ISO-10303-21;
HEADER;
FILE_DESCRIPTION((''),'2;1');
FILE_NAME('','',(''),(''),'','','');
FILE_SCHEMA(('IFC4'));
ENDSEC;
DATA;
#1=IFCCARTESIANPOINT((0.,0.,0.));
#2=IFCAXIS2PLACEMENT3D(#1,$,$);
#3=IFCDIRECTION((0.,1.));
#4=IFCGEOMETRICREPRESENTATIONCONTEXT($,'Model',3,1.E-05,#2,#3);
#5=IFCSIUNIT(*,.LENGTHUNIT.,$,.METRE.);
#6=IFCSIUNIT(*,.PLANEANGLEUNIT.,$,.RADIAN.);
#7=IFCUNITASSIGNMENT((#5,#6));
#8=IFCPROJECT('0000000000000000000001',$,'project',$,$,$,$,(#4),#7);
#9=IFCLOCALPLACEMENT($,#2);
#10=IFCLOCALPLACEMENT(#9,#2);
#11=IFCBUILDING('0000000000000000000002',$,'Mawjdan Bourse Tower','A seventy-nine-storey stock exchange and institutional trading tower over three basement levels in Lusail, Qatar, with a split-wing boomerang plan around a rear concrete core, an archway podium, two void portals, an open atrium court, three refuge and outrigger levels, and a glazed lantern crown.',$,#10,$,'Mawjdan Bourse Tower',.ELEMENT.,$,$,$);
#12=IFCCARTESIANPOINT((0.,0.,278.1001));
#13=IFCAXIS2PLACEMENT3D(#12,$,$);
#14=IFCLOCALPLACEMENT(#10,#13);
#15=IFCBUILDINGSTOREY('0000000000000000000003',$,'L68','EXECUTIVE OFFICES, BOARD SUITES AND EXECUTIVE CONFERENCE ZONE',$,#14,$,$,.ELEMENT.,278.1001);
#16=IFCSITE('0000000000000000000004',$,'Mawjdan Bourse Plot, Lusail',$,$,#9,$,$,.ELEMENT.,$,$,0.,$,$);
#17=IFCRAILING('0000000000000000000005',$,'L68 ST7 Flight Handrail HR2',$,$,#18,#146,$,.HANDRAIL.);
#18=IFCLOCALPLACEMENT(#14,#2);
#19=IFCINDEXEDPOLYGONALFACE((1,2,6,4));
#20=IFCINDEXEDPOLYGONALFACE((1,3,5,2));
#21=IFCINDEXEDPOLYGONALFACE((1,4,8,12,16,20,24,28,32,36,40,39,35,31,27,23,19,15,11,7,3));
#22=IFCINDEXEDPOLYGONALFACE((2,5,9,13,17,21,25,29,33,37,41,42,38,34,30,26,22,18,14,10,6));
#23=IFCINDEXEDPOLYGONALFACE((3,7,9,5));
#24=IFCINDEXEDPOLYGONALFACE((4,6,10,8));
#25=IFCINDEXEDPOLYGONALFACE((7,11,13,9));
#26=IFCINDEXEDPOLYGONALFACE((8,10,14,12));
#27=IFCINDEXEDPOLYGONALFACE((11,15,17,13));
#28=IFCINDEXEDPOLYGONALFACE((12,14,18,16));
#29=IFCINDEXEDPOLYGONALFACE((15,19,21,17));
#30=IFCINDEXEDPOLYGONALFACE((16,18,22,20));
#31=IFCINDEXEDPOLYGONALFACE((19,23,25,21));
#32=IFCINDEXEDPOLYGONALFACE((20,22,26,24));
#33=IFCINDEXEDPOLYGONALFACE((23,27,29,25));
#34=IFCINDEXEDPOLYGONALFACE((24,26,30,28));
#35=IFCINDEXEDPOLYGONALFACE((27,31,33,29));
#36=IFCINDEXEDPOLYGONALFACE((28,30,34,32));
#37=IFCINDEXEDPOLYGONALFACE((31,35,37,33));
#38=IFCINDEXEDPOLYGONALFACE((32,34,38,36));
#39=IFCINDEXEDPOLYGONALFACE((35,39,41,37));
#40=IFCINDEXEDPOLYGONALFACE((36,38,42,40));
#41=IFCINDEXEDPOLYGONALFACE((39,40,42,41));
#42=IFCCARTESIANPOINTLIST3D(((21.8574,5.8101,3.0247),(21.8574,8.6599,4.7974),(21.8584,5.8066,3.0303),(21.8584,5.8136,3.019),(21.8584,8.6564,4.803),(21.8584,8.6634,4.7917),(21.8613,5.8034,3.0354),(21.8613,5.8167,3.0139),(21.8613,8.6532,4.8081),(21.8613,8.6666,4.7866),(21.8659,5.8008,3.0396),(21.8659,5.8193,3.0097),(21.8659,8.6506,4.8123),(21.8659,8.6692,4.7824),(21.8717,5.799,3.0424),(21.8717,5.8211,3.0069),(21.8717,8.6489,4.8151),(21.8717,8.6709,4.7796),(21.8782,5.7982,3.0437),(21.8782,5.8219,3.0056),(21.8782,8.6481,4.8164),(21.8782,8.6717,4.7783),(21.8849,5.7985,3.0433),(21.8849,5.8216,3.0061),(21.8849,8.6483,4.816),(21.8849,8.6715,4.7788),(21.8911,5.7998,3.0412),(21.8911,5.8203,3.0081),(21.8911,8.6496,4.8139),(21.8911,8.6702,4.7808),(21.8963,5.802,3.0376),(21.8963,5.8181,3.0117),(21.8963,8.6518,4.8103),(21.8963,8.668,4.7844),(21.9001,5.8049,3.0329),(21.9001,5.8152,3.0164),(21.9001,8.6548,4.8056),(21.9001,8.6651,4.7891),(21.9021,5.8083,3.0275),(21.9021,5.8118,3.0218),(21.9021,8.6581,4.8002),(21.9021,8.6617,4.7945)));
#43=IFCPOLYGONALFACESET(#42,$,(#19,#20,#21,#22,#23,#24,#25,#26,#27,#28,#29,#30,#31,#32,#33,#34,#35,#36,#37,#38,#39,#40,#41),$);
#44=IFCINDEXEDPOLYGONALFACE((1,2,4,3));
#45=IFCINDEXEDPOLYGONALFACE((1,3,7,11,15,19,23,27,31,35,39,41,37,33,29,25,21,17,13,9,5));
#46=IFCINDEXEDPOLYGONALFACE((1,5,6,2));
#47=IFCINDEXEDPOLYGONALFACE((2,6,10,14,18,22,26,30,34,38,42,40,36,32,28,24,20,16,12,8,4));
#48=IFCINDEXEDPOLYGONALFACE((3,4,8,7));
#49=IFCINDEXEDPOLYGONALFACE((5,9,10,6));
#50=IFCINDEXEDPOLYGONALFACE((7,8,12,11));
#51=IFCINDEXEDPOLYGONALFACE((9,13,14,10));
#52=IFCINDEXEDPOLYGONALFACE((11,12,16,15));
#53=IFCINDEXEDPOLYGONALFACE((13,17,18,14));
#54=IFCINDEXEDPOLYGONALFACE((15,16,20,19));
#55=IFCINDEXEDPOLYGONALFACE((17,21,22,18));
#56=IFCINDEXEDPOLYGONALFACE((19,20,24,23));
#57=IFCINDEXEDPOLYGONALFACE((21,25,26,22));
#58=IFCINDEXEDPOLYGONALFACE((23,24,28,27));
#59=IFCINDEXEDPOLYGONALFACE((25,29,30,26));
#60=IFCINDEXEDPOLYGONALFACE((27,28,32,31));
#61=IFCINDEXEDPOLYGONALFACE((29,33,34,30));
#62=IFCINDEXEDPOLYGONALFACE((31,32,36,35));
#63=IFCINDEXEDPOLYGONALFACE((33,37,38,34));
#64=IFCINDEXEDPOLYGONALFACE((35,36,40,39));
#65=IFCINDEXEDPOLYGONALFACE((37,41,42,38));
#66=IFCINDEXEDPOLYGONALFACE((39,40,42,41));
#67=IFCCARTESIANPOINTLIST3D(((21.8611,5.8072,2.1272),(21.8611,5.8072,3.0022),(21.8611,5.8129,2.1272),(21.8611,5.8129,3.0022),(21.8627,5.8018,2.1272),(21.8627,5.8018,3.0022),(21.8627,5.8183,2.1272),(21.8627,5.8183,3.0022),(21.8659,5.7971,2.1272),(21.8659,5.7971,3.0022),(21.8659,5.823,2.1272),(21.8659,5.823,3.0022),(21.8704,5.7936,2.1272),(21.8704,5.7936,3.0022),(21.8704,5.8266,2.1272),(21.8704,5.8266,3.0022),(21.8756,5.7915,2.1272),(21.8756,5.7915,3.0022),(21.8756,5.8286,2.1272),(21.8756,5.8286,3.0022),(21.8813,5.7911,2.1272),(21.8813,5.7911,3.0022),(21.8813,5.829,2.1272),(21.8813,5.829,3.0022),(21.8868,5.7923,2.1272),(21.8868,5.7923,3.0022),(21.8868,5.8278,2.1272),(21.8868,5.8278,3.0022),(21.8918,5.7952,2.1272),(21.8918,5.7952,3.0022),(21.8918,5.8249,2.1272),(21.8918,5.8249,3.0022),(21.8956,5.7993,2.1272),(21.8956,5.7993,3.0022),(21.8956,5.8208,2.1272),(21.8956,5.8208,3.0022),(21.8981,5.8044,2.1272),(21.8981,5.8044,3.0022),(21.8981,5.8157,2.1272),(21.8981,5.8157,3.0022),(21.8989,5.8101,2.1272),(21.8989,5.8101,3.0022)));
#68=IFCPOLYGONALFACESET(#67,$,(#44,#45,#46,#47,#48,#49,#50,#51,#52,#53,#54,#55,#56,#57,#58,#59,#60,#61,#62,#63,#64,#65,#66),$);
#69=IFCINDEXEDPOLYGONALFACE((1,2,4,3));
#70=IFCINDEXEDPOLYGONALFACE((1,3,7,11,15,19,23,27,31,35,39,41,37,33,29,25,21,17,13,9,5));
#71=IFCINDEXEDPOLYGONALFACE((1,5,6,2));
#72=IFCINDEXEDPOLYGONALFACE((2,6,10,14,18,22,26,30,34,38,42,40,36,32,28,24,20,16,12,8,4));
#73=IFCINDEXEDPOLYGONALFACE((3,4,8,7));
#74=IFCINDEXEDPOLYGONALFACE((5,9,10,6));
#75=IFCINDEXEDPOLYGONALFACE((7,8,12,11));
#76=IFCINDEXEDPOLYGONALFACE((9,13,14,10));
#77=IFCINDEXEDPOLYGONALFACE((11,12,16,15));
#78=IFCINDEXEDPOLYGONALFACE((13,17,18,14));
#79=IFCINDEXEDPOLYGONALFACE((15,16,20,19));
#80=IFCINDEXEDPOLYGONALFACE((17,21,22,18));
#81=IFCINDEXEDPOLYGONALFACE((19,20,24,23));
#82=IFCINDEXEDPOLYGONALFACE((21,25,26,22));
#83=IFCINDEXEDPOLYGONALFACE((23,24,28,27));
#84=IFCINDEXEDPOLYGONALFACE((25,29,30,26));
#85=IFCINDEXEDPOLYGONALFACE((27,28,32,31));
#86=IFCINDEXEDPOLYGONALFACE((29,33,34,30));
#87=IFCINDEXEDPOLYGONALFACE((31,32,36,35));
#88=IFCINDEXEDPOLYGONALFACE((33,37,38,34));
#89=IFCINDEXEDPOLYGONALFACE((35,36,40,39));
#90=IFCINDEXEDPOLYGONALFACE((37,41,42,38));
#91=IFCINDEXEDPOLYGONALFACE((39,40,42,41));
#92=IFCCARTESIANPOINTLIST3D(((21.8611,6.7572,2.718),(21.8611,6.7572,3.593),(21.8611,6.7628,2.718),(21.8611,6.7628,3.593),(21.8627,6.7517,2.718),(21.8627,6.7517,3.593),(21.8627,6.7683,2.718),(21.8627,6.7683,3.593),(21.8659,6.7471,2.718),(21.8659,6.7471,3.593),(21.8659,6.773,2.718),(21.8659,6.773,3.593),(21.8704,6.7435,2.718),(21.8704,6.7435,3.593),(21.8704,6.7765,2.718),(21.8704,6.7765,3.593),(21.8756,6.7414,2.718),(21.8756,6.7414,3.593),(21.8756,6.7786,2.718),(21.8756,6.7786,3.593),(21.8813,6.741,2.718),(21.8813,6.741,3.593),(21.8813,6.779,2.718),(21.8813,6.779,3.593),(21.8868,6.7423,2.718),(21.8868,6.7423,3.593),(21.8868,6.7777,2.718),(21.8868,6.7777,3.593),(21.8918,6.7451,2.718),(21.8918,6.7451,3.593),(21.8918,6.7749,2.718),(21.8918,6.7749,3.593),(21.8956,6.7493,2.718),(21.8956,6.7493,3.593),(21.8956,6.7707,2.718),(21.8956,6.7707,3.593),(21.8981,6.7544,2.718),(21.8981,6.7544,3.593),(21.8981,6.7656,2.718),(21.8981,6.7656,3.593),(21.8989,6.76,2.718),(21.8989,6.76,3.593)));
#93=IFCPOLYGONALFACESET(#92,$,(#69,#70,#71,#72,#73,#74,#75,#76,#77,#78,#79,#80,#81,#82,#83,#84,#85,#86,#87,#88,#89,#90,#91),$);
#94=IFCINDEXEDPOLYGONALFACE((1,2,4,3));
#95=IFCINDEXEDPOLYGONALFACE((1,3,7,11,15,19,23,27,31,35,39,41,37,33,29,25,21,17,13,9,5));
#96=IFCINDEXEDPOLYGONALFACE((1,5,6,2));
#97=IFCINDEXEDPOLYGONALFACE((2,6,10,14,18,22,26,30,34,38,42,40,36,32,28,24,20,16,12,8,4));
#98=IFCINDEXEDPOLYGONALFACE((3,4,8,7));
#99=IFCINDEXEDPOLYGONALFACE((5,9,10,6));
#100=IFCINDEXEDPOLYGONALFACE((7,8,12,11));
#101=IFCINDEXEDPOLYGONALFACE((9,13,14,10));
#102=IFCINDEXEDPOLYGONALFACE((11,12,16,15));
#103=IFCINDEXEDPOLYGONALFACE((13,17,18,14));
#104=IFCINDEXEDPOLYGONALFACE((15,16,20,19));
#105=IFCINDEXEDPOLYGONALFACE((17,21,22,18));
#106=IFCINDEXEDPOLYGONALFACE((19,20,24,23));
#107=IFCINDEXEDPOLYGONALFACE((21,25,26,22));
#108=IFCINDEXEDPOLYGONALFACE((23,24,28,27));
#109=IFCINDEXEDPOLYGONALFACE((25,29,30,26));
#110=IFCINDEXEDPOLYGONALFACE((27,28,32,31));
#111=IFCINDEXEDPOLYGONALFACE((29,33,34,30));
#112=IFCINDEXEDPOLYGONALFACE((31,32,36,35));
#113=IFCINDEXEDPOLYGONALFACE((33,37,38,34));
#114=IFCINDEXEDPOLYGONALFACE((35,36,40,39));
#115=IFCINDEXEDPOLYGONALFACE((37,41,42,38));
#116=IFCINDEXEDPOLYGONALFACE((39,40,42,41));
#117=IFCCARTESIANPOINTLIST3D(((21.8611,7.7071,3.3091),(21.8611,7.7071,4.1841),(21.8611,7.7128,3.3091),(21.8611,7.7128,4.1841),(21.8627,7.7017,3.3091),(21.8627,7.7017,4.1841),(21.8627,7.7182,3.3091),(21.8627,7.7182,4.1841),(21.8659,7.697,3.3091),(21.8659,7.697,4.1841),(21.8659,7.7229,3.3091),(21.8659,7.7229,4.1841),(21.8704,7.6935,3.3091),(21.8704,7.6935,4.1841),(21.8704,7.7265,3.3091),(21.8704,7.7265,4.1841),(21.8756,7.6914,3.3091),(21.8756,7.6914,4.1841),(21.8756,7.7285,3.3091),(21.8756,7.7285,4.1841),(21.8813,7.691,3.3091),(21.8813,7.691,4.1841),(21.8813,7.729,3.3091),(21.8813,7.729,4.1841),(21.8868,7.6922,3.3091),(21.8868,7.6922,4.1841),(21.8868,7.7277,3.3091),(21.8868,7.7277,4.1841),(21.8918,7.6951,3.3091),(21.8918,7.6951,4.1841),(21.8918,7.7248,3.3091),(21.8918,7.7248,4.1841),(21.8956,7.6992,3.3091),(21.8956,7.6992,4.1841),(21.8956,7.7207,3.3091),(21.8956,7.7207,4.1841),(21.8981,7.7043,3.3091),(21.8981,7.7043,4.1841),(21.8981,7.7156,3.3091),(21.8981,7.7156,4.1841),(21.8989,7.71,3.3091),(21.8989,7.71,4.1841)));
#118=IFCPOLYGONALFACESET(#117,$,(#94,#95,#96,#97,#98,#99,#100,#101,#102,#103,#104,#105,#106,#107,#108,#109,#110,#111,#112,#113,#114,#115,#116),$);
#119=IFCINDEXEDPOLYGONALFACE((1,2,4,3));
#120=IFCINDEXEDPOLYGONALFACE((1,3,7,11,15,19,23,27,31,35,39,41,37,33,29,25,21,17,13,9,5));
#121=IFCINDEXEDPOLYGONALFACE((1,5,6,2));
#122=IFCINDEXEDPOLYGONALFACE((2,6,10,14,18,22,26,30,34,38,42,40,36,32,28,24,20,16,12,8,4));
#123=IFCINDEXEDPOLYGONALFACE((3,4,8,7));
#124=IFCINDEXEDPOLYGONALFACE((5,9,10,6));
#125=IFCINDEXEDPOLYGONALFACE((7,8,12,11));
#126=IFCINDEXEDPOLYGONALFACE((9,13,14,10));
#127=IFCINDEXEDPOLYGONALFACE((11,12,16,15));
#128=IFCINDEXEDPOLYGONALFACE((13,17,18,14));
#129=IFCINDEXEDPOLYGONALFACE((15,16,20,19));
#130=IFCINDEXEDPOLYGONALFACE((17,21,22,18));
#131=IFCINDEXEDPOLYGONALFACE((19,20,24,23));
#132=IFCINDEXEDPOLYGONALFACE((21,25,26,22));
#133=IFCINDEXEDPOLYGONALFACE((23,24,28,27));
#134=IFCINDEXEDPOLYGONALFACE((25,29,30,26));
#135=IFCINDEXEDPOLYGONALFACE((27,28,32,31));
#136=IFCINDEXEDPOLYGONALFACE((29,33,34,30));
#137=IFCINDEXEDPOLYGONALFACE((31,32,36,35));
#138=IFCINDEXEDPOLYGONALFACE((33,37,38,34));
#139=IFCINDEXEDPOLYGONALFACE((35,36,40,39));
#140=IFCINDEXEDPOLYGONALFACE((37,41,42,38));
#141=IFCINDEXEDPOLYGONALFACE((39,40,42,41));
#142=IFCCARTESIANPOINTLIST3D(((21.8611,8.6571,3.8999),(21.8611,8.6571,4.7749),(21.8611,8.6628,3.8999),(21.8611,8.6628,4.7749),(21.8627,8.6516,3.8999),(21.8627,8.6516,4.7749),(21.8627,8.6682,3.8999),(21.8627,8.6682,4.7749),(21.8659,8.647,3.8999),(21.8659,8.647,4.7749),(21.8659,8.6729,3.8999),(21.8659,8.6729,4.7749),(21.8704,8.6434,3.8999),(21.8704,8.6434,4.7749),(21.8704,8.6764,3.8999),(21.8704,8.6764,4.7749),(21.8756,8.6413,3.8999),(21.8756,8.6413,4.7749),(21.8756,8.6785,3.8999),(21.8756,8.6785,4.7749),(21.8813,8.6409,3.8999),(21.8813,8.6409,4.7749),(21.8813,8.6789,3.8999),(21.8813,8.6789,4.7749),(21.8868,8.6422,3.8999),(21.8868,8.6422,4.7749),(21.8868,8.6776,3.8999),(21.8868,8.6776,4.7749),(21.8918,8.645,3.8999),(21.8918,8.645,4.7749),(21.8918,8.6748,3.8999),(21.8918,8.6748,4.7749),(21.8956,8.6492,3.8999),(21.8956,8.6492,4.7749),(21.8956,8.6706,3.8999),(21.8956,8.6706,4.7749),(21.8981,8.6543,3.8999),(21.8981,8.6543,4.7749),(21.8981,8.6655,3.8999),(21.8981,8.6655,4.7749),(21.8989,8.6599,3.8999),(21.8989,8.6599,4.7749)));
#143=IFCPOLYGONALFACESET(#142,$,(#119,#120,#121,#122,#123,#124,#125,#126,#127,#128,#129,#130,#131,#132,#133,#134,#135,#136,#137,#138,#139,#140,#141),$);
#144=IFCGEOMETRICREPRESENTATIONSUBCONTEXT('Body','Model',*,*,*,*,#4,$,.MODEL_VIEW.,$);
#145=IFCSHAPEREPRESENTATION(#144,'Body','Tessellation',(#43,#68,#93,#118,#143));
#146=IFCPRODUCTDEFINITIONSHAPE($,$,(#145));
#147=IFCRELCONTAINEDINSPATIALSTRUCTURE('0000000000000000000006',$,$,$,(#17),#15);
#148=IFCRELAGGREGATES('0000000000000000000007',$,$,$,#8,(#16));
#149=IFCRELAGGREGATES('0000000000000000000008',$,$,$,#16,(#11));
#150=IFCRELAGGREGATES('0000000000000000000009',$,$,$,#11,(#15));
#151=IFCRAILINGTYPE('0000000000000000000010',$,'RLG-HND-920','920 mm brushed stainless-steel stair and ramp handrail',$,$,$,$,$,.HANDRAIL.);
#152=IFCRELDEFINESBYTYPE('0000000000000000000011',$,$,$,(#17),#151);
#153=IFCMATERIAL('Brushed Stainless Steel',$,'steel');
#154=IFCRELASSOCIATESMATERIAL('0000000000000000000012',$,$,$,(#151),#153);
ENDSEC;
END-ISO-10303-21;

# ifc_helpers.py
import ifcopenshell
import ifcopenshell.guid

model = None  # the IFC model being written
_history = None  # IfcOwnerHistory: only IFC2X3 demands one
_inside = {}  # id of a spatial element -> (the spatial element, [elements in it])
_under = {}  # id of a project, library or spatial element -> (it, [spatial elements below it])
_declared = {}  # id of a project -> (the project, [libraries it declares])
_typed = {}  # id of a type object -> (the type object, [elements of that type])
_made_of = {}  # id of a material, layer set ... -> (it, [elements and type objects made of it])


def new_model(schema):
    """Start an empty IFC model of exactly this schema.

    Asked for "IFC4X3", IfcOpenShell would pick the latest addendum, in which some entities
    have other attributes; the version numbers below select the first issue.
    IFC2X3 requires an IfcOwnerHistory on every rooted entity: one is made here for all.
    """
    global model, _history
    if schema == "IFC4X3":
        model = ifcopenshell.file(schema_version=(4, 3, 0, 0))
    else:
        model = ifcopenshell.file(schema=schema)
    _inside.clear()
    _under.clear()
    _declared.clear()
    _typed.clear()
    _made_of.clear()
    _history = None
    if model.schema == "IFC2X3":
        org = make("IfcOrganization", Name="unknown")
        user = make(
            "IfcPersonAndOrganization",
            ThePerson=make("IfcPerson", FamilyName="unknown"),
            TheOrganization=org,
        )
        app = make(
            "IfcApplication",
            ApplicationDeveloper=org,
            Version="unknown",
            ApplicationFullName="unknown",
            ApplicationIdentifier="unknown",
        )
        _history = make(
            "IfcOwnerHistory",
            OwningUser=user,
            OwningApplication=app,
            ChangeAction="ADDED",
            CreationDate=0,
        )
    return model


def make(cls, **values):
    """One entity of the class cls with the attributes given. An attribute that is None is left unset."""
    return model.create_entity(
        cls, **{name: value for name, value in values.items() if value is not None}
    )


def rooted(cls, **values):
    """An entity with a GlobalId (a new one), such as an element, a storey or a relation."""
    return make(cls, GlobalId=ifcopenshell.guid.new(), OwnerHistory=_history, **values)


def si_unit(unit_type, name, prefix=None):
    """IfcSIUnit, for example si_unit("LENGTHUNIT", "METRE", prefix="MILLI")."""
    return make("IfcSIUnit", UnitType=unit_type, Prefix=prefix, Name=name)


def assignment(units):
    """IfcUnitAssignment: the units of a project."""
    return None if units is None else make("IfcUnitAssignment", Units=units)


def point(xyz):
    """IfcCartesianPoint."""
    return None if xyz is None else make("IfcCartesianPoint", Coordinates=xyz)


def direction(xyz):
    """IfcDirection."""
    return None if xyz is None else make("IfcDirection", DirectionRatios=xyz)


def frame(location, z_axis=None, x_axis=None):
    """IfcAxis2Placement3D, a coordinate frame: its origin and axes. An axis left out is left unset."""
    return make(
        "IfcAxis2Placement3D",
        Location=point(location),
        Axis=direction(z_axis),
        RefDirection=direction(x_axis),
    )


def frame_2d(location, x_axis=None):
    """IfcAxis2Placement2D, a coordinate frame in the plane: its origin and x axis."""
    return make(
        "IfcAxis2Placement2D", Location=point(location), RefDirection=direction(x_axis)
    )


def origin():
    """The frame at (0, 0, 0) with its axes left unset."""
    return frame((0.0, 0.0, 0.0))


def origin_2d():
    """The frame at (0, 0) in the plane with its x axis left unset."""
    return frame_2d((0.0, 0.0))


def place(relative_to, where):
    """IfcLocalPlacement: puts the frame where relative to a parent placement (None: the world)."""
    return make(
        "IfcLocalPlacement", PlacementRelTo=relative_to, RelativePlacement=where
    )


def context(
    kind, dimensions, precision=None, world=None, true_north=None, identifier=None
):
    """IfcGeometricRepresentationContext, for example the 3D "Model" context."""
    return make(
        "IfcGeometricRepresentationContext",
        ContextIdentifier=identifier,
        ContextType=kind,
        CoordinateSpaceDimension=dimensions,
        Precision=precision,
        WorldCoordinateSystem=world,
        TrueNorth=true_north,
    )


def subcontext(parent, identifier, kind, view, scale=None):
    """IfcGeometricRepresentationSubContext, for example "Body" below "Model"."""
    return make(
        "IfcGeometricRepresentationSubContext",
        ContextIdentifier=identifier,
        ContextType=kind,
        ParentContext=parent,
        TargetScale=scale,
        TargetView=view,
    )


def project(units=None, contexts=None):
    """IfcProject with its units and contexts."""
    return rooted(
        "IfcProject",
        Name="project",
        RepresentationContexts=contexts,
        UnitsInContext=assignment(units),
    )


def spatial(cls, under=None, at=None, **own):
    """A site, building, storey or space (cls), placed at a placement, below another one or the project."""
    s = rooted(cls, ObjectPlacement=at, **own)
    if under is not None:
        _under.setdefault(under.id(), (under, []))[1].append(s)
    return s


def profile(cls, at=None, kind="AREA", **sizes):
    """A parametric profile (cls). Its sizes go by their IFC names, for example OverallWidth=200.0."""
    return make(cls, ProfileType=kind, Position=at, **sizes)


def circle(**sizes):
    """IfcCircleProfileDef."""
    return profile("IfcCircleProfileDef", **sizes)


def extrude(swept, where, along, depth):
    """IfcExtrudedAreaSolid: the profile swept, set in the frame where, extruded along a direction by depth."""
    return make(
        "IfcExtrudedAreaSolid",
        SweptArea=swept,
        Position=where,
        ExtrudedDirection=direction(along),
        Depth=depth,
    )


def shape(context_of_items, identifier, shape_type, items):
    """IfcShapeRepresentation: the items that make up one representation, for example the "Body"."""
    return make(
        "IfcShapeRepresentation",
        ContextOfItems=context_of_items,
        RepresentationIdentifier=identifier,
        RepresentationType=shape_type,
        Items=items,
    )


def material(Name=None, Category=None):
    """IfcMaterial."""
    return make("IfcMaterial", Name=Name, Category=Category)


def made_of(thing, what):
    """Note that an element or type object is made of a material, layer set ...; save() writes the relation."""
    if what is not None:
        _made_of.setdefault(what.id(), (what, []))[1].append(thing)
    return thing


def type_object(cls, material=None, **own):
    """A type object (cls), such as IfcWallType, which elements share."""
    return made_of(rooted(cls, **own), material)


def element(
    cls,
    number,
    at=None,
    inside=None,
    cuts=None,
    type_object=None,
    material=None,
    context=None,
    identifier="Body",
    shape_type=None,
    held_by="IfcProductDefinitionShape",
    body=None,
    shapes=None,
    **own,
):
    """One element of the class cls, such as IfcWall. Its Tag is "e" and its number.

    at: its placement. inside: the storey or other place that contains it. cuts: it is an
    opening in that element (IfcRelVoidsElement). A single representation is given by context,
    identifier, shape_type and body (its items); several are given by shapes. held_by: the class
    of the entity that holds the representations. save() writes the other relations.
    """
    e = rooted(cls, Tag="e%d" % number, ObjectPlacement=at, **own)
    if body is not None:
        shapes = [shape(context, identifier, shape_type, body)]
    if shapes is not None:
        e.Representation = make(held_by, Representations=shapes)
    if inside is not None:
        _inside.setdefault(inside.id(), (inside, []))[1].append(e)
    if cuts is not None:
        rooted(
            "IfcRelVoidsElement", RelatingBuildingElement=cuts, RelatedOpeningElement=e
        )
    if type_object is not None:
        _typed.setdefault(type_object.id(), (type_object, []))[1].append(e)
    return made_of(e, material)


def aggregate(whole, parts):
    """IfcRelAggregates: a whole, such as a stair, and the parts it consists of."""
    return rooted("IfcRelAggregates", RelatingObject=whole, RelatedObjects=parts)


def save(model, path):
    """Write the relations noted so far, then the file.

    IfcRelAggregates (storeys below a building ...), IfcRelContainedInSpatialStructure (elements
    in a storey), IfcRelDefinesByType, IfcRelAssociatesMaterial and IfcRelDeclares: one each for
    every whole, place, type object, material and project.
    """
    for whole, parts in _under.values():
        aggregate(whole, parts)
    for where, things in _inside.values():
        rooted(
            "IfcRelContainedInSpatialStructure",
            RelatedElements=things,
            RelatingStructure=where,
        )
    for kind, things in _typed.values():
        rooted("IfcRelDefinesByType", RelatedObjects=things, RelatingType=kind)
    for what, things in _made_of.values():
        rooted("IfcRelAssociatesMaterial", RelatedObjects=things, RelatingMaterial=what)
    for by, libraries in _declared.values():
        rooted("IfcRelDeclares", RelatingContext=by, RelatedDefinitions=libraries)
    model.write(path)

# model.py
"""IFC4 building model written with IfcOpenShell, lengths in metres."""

from ifc_helpers import new_model, si_unit, direction, frame, origin, origin_2d, place, context, subcontext, project, spatial, circle, extrude, material, type_object, element, save


model = new_model("IFC4")

# Units and contexts
model_context = context("Model", 3, precision=1e-05, world=origin(), true_north=direction((0.0, 1.0)))
body_context = subcontext(model_context, "Body", "Model", "MODEL_VIEW")
ifc_project = project(units=[si_unit("LENGTHUNIT", "METRE"), si_unit("PLANEANGLEUNIT", "RADIAN")], contexts=[model_context])

# Site, building, storey
site_placement = place(None, origin())
site = spatial("IfcSite", under=ifc_project, at=site_placement, Name="Mawjdan Bourse Plot, Lusail", CompositionType="ELEMENT", RefElevation=0.0)
building_placement = place(site_placement, origin())
building = spatial("IfcBuilding", under=site, at=building_placement, Name="Mawjdan Bourse Tower", Description="A seventy-nine-storey stock exchange and institutional trading tower over three basement levels in Lusail, Qatar, with a split-wing boomerang plan around a rear concrete core, an archway podium, two void portals, an open atrium court, three refuge and outrigger levels, and a glazed lantern crown.", LongName="Mawjdan Bourse Tower", CompositionType="ELEMENT")
storey_placement = place(building_placement, frame((0.0, 0.0, 278.1001)))
storey = spatial("IfcBuildingStorey", under=building, at=storey_placement, Name="L68", Description="EXECUTIVE OFFICES, BOARD SUITES AND EXECUTIVE CONFERENCE ZONE", CompositionType="ELEMENT", Elevation=278.1001)

# Railing
ifc_material_1 = material(Name="Brushed Stainless Steel", Category="steel")
railing_type = type_object("IfcRailingType", Name="RLG-HND-920", Description="920 mm brushed stainless-steel stair and ramp handrail", PredefinedType="HANDRAIL", material=ifc_material_1)
railing_placement = place(storey_placement, frame((21.8799, 5.8101, 2.1272)))
element("IfcRailing", 1, at=railing_placement, inside=storey, type_object=railing_type, Name="L68 ST7 Flight Handrail HR2", PredefinedType="HANDRAIL", context=body_context, shape_type="SweptSolid", body=[
    extrude(circle(Radius=0.0225, at=origin_2d()), frame((0.0, 0.0, 0.8975), z_axis=(0.0, 0.849128, 0.528187), x_axis=(-1.0, 0.0, 0.0)), (0.0, 0.0, 1.0), 3.3562),
    extrude(circle(Radius=0.019, at=origin_2d()), origin(), (0.0, 0.0, 1.0), 0.875),
    extrude(circle(Radius=0.019, at=origin_2d()), frame((0.0, 0.95, 0.5908)), (0.0, 0.0, 1.0), 0.875),
    extrude(circle(Radius=0.019, at=origin_2d()), frame((0.0, 1.8999, 1.1819)), (0.0, 0.0, 1.0), 0.875),
    extrude(circle(Radius=0.019, at=origin_2d()), frame((0.0, 2.8499, 1.7727)), (0.0, 0.0, 1.0), 0.875),
])

save(model, "model.ifc")
